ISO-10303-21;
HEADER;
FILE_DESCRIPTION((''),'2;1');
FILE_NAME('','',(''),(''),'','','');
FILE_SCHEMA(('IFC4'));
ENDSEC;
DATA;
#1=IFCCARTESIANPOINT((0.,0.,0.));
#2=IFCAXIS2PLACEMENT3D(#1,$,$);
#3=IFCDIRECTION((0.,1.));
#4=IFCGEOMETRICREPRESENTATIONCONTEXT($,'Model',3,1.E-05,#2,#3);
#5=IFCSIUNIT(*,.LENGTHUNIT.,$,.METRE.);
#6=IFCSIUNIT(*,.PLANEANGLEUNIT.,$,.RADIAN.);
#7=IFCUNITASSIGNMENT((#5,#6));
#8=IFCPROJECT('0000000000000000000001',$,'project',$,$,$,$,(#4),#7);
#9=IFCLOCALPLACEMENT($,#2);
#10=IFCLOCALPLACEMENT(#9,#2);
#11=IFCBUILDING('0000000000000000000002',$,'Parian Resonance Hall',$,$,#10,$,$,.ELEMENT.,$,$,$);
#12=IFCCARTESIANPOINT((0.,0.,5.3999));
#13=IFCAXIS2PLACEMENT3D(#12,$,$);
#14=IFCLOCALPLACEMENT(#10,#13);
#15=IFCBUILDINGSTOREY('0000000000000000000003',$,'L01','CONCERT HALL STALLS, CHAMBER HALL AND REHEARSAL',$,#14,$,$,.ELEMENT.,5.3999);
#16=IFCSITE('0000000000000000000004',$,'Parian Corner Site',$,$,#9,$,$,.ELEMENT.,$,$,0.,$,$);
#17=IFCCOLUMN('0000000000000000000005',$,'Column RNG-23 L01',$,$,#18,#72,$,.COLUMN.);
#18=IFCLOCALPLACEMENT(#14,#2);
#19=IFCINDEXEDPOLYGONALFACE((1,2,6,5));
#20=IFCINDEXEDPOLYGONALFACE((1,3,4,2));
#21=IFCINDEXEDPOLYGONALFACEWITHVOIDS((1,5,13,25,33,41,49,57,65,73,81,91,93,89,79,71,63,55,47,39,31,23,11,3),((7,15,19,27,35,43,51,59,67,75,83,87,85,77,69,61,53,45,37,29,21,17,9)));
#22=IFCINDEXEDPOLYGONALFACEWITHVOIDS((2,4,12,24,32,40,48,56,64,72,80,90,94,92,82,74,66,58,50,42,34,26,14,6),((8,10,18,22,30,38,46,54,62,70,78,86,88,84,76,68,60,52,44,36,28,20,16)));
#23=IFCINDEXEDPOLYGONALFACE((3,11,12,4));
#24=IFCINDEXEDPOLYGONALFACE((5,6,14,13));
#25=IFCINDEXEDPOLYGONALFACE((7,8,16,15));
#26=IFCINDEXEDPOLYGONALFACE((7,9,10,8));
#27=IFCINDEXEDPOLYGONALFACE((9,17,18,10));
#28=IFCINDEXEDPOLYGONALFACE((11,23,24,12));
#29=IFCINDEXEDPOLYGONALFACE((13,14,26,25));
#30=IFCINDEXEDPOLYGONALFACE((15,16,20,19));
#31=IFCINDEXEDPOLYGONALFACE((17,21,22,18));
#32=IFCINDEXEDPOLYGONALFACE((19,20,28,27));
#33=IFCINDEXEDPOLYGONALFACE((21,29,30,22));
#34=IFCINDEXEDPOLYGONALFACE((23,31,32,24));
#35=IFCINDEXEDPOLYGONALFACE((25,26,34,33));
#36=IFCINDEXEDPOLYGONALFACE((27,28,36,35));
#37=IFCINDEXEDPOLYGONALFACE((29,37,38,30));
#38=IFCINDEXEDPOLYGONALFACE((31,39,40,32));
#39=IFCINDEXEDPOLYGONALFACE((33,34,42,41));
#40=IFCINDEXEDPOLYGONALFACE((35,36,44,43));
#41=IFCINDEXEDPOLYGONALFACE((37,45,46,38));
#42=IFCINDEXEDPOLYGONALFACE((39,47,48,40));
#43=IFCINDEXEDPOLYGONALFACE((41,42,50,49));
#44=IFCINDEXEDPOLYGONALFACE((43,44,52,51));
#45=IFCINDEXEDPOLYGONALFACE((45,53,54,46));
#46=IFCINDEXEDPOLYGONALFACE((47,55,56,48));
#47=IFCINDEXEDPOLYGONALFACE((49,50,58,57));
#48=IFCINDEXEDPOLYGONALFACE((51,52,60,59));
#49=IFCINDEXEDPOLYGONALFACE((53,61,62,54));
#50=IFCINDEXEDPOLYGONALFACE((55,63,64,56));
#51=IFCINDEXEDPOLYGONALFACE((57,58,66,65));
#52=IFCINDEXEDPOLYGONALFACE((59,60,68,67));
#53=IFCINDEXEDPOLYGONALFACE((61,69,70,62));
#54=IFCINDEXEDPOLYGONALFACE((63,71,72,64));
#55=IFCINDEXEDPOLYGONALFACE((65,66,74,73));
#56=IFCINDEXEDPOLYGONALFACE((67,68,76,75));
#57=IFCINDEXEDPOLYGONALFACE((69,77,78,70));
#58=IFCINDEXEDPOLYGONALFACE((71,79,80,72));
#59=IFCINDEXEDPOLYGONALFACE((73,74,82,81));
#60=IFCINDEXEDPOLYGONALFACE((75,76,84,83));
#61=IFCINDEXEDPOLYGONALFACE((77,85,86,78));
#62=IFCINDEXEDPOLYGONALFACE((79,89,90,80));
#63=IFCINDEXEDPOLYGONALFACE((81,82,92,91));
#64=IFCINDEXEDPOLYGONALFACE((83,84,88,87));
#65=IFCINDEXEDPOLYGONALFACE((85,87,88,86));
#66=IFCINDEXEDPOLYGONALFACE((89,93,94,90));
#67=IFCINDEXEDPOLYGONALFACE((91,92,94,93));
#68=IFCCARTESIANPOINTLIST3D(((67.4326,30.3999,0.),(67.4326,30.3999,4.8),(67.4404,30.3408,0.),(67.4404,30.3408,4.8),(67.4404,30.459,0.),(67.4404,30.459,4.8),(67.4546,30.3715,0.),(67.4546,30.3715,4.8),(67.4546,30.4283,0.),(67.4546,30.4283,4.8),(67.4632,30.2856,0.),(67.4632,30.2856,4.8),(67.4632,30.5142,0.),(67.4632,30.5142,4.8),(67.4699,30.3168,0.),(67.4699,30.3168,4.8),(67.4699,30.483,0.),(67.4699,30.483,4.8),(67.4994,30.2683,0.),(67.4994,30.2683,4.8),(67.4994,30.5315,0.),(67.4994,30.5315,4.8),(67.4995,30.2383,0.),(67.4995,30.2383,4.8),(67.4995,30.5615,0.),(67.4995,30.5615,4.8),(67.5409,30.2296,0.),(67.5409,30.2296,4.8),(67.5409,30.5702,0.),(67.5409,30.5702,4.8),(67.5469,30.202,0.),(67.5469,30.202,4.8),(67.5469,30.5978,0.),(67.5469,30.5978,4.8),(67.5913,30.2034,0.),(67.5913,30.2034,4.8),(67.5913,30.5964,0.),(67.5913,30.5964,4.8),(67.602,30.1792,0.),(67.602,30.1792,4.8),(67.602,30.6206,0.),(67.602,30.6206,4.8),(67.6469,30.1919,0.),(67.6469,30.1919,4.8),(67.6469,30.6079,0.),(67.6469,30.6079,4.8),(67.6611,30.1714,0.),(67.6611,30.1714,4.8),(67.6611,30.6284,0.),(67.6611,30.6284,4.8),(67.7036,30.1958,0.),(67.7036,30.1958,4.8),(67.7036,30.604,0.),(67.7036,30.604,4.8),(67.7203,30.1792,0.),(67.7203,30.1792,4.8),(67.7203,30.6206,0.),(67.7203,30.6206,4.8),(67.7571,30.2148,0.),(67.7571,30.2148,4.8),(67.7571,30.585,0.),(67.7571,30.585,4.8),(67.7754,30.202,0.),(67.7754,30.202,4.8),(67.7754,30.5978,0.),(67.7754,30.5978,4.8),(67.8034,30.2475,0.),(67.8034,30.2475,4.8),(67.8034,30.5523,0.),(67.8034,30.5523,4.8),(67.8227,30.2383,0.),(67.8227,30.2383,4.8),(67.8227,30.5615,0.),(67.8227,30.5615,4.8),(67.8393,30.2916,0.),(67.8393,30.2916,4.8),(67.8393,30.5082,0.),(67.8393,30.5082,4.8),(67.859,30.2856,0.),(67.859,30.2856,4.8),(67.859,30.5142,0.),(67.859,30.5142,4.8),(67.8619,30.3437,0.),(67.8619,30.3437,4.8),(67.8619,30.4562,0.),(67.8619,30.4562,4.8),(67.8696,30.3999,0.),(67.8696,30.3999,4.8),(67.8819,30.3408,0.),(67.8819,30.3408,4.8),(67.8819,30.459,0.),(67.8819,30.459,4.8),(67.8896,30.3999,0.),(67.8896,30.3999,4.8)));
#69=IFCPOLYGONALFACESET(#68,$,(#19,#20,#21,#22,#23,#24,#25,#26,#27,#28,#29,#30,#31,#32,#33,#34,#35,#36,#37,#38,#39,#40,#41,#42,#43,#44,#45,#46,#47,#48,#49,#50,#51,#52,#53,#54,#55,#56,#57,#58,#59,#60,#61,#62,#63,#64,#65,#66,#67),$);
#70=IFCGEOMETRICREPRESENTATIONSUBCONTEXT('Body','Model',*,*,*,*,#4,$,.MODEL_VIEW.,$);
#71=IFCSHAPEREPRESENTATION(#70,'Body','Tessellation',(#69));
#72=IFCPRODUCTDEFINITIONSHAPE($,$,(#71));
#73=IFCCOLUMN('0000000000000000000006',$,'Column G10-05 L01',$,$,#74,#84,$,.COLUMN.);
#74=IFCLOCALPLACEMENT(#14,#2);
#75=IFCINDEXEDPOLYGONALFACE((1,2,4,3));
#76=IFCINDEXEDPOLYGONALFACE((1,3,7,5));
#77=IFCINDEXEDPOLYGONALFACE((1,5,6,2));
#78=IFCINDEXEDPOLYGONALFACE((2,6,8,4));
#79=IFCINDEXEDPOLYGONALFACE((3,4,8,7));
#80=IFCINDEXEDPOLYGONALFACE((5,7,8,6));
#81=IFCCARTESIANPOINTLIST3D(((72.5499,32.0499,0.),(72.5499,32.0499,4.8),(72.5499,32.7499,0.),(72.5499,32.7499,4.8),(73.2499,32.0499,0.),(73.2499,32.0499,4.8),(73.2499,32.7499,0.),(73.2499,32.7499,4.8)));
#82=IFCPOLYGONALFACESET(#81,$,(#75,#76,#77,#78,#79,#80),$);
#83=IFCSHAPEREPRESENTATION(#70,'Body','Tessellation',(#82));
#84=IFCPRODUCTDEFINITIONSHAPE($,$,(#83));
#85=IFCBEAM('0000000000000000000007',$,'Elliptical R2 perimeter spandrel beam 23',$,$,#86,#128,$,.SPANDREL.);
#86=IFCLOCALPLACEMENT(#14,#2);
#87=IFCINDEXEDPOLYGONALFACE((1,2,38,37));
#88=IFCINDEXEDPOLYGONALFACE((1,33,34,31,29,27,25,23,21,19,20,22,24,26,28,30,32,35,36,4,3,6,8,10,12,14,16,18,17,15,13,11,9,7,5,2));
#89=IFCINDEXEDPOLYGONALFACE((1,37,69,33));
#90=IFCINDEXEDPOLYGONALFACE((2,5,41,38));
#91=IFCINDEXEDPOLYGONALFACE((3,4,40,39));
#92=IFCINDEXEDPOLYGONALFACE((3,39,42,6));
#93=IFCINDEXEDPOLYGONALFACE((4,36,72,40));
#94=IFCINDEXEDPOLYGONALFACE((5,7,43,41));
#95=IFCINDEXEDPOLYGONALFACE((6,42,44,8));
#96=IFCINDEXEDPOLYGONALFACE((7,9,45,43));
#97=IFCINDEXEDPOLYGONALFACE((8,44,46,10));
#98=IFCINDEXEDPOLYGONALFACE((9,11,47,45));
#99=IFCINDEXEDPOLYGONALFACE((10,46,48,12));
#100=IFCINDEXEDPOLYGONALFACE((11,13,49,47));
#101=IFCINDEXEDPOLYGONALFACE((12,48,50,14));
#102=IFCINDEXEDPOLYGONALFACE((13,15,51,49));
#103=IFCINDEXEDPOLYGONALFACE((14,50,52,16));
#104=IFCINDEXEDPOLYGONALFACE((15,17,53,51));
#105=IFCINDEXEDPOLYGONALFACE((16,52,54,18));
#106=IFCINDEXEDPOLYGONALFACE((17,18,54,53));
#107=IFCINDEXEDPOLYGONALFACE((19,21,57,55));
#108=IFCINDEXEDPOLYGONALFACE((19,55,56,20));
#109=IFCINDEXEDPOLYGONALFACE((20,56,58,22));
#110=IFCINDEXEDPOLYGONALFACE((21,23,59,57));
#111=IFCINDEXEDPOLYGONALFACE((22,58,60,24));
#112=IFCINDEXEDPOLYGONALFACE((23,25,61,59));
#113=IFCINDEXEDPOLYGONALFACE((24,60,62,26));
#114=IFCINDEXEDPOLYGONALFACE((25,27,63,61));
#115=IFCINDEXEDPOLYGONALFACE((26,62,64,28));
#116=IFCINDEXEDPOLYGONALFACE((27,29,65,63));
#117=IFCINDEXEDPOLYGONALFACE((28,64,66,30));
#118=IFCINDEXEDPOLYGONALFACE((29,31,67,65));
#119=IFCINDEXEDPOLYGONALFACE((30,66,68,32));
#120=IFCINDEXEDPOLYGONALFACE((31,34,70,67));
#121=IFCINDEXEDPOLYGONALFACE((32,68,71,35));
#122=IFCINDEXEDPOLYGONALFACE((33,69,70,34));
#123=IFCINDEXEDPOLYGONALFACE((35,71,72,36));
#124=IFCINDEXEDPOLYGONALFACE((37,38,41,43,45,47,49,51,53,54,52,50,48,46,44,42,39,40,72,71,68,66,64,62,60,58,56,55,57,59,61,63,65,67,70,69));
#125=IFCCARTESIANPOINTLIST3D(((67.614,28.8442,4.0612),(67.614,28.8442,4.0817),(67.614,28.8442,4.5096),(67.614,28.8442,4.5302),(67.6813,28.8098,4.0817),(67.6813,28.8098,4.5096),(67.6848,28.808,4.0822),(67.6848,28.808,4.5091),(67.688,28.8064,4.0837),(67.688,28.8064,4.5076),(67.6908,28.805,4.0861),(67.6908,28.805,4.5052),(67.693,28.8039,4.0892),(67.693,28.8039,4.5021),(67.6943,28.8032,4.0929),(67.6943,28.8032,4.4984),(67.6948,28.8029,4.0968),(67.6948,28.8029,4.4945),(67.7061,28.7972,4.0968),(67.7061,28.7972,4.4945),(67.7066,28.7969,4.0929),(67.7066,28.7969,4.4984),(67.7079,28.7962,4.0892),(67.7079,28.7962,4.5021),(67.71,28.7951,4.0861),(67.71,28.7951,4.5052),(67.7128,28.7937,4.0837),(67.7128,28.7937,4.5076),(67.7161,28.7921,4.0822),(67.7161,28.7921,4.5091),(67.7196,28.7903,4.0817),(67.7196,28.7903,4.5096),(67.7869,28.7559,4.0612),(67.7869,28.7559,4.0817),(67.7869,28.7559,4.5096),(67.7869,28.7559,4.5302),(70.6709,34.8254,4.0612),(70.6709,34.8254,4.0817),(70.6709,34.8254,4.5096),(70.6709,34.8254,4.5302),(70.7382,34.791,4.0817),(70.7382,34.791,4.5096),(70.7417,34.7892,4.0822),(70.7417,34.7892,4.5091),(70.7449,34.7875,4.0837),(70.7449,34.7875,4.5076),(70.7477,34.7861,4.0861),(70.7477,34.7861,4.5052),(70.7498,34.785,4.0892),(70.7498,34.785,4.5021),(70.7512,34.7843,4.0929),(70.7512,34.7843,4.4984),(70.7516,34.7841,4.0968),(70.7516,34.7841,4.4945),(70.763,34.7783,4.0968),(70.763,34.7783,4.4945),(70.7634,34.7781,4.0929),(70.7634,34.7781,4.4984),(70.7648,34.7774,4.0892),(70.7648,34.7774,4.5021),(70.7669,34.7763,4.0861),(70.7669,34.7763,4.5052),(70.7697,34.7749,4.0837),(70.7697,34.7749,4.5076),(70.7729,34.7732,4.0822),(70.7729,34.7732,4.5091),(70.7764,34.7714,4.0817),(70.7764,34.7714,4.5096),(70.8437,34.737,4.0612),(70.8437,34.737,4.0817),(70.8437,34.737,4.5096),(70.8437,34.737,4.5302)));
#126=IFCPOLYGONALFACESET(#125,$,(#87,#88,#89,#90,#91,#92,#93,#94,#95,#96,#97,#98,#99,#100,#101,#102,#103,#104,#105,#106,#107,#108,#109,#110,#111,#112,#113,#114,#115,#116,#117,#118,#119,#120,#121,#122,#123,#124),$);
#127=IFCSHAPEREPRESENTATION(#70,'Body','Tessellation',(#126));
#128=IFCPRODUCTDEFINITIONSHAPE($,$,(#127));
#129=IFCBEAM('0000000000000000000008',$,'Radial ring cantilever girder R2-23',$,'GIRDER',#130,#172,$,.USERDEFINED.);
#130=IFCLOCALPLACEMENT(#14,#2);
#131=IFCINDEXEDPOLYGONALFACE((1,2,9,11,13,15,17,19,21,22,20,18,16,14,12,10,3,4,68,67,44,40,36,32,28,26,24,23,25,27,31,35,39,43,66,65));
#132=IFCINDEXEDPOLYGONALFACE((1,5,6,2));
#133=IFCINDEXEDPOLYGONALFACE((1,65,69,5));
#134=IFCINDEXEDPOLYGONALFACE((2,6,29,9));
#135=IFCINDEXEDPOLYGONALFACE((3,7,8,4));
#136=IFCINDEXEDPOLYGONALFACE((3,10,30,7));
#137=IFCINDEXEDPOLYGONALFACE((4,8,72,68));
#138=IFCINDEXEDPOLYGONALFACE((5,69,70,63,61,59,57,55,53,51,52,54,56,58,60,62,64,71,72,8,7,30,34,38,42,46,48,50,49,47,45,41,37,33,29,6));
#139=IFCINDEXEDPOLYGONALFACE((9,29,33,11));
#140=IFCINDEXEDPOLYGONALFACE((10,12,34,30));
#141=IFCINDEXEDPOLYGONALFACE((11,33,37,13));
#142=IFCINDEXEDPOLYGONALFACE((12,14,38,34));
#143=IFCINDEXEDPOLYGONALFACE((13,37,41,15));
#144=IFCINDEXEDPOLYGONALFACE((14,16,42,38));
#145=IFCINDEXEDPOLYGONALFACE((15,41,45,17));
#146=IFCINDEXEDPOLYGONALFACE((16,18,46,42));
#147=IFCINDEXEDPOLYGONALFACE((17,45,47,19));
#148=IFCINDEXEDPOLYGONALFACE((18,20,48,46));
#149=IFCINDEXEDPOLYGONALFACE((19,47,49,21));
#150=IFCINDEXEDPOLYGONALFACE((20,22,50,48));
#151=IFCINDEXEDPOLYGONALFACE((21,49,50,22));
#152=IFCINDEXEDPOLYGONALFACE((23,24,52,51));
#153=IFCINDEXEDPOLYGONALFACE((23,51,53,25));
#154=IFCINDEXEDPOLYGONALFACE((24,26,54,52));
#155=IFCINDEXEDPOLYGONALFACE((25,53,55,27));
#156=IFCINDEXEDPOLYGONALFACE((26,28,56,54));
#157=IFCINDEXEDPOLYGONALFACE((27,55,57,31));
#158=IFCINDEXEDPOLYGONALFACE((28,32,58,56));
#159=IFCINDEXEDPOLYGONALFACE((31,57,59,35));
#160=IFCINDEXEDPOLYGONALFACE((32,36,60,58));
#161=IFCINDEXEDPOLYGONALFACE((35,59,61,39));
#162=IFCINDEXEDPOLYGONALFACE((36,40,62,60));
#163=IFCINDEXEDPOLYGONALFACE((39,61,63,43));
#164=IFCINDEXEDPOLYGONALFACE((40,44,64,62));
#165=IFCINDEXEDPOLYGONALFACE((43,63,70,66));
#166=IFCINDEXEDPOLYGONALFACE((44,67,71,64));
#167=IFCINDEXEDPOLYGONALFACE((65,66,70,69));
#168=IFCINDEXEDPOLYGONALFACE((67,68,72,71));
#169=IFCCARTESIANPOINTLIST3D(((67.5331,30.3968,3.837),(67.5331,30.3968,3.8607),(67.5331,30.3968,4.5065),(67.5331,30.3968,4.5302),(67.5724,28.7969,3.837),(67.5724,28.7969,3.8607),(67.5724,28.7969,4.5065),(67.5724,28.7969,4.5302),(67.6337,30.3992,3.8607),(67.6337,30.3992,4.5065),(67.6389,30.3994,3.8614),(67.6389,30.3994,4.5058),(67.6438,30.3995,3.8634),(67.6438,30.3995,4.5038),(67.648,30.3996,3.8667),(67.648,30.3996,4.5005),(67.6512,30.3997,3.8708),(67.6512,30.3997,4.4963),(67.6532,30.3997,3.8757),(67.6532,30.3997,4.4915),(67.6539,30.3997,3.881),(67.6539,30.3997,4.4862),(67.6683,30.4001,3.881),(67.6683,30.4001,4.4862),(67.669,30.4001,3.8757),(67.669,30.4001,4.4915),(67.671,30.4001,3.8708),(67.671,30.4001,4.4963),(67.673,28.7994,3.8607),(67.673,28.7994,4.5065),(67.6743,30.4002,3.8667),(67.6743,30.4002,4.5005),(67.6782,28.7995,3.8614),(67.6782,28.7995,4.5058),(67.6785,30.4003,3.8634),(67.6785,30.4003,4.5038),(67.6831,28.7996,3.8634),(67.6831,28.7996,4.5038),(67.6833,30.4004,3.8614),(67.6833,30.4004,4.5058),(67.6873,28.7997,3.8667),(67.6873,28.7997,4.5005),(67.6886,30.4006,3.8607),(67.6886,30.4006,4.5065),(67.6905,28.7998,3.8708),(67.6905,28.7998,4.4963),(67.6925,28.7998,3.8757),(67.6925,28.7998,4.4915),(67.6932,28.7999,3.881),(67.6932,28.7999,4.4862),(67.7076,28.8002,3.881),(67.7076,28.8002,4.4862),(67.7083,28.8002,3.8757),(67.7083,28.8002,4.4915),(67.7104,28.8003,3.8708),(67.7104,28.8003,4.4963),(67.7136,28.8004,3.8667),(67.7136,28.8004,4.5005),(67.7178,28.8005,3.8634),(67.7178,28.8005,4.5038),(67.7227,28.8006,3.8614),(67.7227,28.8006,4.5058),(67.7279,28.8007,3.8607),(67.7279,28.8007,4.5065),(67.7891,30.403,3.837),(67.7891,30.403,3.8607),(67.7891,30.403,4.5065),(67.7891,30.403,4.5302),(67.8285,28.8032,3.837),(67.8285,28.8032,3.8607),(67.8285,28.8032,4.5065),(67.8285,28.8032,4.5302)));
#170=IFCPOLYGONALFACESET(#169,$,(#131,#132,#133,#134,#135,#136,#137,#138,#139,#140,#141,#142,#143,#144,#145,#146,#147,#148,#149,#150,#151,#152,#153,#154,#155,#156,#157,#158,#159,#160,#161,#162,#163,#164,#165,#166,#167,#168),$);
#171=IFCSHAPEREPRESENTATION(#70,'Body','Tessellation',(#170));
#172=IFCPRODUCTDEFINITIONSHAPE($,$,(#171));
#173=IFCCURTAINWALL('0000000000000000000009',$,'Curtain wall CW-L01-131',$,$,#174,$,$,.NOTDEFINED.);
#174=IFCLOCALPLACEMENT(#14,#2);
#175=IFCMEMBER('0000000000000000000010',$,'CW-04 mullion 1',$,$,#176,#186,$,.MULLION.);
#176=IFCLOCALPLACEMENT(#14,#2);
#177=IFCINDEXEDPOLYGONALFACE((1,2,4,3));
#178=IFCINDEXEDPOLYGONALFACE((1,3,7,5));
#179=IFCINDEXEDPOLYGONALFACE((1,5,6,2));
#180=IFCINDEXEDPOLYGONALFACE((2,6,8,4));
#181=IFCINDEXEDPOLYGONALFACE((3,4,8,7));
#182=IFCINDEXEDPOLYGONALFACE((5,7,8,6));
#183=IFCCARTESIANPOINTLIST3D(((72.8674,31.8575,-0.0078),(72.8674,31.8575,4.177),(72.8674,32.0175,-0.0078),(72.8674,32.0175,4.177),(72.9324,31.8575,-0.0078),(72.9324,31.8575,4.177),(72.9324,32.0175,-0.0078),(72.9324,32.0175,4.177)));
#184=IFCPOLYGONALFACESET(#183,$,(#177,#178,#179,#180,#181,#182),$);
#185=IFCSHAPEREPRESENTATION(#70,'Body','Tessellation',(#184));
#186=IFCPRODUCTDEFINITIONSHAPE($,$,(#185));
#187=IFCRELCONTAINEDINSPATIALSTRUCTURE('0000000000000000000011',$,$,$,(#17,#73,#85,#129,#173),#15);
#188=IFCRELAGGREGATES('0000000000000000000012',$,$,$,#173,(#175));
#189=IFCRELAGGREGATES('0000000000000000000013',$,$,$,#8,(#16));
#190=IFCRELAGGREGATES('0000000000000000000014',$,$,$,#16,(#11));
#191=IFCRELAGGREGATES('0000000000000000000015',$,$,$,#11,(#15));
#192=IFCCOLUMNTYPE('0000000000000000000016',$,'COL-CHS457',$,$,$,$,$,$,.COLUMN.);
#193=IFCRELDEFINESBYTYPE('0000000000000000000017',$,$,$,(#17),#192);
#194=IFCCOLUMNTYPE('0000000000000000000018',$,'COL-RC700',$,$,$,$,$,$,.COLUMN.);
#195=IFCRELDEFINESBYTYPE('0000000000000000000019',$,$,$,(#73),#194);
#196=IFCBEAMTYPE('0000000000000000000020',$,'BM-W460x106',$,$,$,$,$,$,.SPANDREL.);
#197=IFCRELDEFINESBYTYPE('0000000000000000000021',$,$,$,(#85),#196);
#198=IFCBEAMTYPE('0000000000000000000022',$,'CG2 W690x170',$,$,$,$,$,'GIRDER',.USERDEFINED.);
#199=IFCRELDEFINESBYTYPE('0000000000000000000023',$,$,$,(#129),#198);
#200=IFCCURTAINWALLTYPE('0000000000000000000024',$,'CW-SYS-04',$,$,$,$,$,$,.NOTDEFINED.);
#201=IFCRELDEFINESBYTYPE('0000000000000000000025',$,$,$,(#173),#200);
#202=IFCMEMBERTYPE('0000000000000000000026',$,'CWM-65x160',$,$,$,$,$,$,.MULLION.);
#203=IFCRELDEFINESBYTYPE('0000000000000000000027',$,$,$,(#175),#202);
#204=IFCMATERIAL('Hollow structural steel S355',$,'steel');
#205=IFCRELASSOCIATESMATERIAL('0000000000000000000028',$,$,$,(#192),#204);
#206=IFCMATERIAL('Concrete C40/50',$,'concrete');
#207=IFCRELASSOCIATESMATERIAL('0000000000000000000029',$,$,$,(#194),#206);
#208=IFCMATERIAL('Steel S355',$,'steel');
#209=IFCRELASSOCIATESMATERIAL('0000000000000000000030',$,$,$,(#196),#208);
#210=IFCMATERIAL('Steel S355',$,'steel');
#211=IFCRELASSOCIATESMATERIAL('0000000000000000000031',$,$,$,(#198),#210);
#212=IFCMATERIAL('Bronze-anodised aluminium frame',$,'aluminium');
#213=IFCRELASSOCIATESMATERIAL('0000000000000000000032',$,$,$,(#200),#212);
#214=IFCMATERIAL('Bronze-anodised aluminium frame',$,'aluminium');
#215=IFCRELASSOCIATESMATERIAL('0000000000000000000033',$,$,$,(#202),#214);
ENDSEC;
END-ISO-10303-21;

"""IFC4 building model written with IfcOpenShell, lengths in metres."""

from ifc_helpers import new_model, si_unit, direction, frame, origin, origin_2d, place, context, subcontext, project, spatial, rectangle, hollow_circle, i_section, extrude, material, material_profile, profile_set, type_object, element, aggregate, save


model = new_model("IFC4")

# Units and contexts
model_context = context("Model", 3, precision=1e-05, world=origin(), true_north=direction((0.0, 1.0)))
body_context = subcontext(model_context, "Body", "Model", "MODEL_VIEW")
ifc_project = project(units=[si_unit("LENGTHUNIT", "METRE"), si_unit("PLANEANGLEUNIT", "RADIAN")], contexts=[model_context])

# Site, building, storey
site_placement = place(None, origin())
site = spatial("IfcSite", under=ifc_project, at=site_placement, Name="Parian Corner Site", CompositionType="ELEMENT", RefElevation=0.0)
building_placement = place(site_placement, origin())
building = spatial("IfcBuilding", under=site, at=building_placement, Name="Parian Resonance Hall", CompositionType="ELEMENT")
storey_placement = place(building_placement, frame((0.0, 0.0, 5.3999)))
storey = spatial("IfcBuildingStorey", under=building, at=storey_placement, Name="L01", Description="CONCERT HALL STALLS, CHAMBER HALL AND REHEARSAL", CompositionType="ELEMENT", Elevation=5.3999)

# Columns
ifc_material_1 = material(Name="Hollow structural steel S355", Category="steel")
ifc_material_profile_1 = material_profile(ifc_material_1, hollow_circle(Radius=0.2285, WallThickness=0.02, at=origin_2d()), Name="CHS457x20")
ifc_profile_set_1 = profile_set([ifc_material_profile_1], Name="Hollow structural steel S355")
column_type_1 = type_object("IfcColumnType", Name="COL-CHS457", PredefinedType="COLUMN", material=ifc_profile_set_1)
column_1_placement = place(storey_placement, frame((67.6611, 30.3999, 0.0), z_axis=(0.0, 0.0, 1.0), x_axis=(1.0, 0.0, 0.0)))
element("IfcColumn", 1, at=column_1_placement, inside=storey, type_object=column_type_1, Name="Column RNG-23 L01", PredefinedType="COLUMN", context=body_context, shape_type="SweptSolid", body=[
    extrude(hollow_circle(Radius=0.2285, WallThickness=0.02, at=origin_2d()), origin(), (0.0, 0.0, 1.0), 4.8),
])
ifc_material_2 = material(Name="Concrete C40/50", Category="concrete")
ifc_material_profile_2 = material_profile(ifc_material_2, rectangle(XDim=0.7, YDim=0.7, at=origin_2d()), Name="RC-COL-700x700")
ifc_profile_set_2 = profile_set([ifc_material_profile_2], Name="Concrete C40/50")
column_type_2 = type_object("IfcColumnType", Name="COL-RC700", PredefinedType="COLUMN", material=ifc_profile_set_2)
column_2_placement = place(storey_placement, frame((72.8999, 32.3999, 0.0), z_axis=(0.0, 0.0, 1.0), x_axis=(1.0, 0.0, 0.0)))
element("IfcColumn", 2, at=column_2_placement, inside=storey, type_object=column_type_2, Name="Column G10-05 L01", PredefinedType="COLUMN", context=body_context, shape_type="SweptSolid", body=[
    extrude(rectangle(XDim=0.7, YDim=0.7, at=origin_2d()), origin(), (0.0, 0.0, 1.0), 4.8),
])

# Beams
ifc_material_3 = material(Name="Steel S355", Category="steel")
ifc_material_profile_3 = material_profile(ifc_material_3, i_section(OverallWidth=0.1941, OverallDepth=0.469, WebThickness=0.0127, FlangeThickness=0.0205, FilletRadius=0.0151, at=origin_2d()), Name="W460x106")
ifc_profile_set_3 = profile_set([ifc_material_profile_3], Name="Steel S355")
beam_type_1 = type_object("IfcBeamType", Name="BM-W460x106", PredefinedType="SPANDREL", material=ifc_profile_set_3)
beam_1_placement = place(storey_placement, frame((67.7004, 28.8, 4.2957), z_axis=(0.455091, 0.890445, 0.0), x_axis=(-0.890445, 0.455091, 0.0)))
element("IfcBeam", 3, at=beam_1_placement, inside=storey, type_object=beam_type_1, Name="Elliptical R2 perimeter spandrel beam 23", PredefinedType="SPANDREL", context=body_context, shape_type="SweptSolid", body=[
    extrude(i_section(OverallWidth=0.1941, OverallDepth=0.469, WebThickness=0.0127, FlangeThickness=0.0205, FilletRadius=0.0151, at=origin_2d()), origin(), (0.0, 0.0, 1.0), 6.717),
])
ifc_material_4 = material(Name="Steel S355", Category="steel")
ifc_material_profile_4 = material_profile(ifc_material_4, i_section(OverallWidth=0.2561, OverallDepth=0.6931, WebThickness=0.0144, FlangeThickness=0.0237, FilletRadius=0.0203, at=origin_2d()), Name="W690x170")
ifc_profile_set_4 = profile_set([ifc_material_profile_4], Name="Steel S355")
beam_type_2 = type_object("IfcBeamType", Name="CG2 W690x170", ElementType="GIRDER", PredefinedType="USERDEFINED", material=ifc_profile_set_4)
beam_2_placement = place(storey_placement, frame((67.6611, 30.3999, 4.1836), z_axis=(0.024561, -0.999698, 0.0), x_axis=(0.999698, 0.024561, 0.0)))
element("IfcBeam", 4, at=beam_2_placement, inside=storey, type_object=beam_type_2, Name="Radial ring cantilever girder R2-23", ObjectType="GIRDER", PredefinedType="USERDEFINED", context=body_context, shape_type="SweptSolid", body=[
    extrude(i_section(OverallWidth=0.2561, OverallDepth=0.6931, WebThickness=0.0144, FlangeThickness=0.0237, FilletRadius=0.0203, at=origin_2d()), origin(), (0.0, 0.0, 1.0), 1.6003),
])

# Curtain wall, member
ifc_material_5 = material(Name="Bronze-anodised aluminium frame", Category="aluminium")
curtain_wall_type = type_object("IfcCurtainWallType", Name="CW-SYS-04", PredefinedType="NOTDEFINED", material=ifc_material_5)
curtain_wall_placement = place(storey_placement, origin())
curtain_wall = element("IfcCurtainWall", 5, at=curtain_wall_placement, inside=storey, type_object=curtain_wall_type, Name="Curtain wall CW-L01-131", PredefinedType="NOTDEFINED")
ifc_material_6 = material(Name="Bronze-anodised aluminium frame", Category="aluminium")
ifc_material_profile_5 = material_profile(ifc_material_6, rectangle(XDim=0.0649, YDim=0.1599, at=origin_2d()), Name="CWM-65x160")
ifc_profile_set_5 = profile_set([ifc_material_profile_5], Name="Bronze-anodised aluminium frame")
member_type_1 = type_object("IfcMemberType", Name="CWM-65x160", PredefinedType="MULLION", material=ifc_profile_set_5)
member_1_placement = place(storey_placement, frame((72.8999, 31.9375, -0.0078), z_axis=(0.0, 0.0, 1.0), x_axis=(1.0, 0.0, 0.0)))
member_1 = element("IfcMember", 6, at=member_1_placement, type_object=member_type_1, Name="CW-04 mullion 1", PredefinedType="MULLION", context=body_context, shape_type="SweptSolid", body=[
    extrude(rectangle(XDim=0.0649, YDim=0.1599, at=origin_2d()), origin(), (0.0, 0.0, 1.0), 4.1848),
])
aggregate(curtain_wall, [member_1])

save(model, "model.ifc")
